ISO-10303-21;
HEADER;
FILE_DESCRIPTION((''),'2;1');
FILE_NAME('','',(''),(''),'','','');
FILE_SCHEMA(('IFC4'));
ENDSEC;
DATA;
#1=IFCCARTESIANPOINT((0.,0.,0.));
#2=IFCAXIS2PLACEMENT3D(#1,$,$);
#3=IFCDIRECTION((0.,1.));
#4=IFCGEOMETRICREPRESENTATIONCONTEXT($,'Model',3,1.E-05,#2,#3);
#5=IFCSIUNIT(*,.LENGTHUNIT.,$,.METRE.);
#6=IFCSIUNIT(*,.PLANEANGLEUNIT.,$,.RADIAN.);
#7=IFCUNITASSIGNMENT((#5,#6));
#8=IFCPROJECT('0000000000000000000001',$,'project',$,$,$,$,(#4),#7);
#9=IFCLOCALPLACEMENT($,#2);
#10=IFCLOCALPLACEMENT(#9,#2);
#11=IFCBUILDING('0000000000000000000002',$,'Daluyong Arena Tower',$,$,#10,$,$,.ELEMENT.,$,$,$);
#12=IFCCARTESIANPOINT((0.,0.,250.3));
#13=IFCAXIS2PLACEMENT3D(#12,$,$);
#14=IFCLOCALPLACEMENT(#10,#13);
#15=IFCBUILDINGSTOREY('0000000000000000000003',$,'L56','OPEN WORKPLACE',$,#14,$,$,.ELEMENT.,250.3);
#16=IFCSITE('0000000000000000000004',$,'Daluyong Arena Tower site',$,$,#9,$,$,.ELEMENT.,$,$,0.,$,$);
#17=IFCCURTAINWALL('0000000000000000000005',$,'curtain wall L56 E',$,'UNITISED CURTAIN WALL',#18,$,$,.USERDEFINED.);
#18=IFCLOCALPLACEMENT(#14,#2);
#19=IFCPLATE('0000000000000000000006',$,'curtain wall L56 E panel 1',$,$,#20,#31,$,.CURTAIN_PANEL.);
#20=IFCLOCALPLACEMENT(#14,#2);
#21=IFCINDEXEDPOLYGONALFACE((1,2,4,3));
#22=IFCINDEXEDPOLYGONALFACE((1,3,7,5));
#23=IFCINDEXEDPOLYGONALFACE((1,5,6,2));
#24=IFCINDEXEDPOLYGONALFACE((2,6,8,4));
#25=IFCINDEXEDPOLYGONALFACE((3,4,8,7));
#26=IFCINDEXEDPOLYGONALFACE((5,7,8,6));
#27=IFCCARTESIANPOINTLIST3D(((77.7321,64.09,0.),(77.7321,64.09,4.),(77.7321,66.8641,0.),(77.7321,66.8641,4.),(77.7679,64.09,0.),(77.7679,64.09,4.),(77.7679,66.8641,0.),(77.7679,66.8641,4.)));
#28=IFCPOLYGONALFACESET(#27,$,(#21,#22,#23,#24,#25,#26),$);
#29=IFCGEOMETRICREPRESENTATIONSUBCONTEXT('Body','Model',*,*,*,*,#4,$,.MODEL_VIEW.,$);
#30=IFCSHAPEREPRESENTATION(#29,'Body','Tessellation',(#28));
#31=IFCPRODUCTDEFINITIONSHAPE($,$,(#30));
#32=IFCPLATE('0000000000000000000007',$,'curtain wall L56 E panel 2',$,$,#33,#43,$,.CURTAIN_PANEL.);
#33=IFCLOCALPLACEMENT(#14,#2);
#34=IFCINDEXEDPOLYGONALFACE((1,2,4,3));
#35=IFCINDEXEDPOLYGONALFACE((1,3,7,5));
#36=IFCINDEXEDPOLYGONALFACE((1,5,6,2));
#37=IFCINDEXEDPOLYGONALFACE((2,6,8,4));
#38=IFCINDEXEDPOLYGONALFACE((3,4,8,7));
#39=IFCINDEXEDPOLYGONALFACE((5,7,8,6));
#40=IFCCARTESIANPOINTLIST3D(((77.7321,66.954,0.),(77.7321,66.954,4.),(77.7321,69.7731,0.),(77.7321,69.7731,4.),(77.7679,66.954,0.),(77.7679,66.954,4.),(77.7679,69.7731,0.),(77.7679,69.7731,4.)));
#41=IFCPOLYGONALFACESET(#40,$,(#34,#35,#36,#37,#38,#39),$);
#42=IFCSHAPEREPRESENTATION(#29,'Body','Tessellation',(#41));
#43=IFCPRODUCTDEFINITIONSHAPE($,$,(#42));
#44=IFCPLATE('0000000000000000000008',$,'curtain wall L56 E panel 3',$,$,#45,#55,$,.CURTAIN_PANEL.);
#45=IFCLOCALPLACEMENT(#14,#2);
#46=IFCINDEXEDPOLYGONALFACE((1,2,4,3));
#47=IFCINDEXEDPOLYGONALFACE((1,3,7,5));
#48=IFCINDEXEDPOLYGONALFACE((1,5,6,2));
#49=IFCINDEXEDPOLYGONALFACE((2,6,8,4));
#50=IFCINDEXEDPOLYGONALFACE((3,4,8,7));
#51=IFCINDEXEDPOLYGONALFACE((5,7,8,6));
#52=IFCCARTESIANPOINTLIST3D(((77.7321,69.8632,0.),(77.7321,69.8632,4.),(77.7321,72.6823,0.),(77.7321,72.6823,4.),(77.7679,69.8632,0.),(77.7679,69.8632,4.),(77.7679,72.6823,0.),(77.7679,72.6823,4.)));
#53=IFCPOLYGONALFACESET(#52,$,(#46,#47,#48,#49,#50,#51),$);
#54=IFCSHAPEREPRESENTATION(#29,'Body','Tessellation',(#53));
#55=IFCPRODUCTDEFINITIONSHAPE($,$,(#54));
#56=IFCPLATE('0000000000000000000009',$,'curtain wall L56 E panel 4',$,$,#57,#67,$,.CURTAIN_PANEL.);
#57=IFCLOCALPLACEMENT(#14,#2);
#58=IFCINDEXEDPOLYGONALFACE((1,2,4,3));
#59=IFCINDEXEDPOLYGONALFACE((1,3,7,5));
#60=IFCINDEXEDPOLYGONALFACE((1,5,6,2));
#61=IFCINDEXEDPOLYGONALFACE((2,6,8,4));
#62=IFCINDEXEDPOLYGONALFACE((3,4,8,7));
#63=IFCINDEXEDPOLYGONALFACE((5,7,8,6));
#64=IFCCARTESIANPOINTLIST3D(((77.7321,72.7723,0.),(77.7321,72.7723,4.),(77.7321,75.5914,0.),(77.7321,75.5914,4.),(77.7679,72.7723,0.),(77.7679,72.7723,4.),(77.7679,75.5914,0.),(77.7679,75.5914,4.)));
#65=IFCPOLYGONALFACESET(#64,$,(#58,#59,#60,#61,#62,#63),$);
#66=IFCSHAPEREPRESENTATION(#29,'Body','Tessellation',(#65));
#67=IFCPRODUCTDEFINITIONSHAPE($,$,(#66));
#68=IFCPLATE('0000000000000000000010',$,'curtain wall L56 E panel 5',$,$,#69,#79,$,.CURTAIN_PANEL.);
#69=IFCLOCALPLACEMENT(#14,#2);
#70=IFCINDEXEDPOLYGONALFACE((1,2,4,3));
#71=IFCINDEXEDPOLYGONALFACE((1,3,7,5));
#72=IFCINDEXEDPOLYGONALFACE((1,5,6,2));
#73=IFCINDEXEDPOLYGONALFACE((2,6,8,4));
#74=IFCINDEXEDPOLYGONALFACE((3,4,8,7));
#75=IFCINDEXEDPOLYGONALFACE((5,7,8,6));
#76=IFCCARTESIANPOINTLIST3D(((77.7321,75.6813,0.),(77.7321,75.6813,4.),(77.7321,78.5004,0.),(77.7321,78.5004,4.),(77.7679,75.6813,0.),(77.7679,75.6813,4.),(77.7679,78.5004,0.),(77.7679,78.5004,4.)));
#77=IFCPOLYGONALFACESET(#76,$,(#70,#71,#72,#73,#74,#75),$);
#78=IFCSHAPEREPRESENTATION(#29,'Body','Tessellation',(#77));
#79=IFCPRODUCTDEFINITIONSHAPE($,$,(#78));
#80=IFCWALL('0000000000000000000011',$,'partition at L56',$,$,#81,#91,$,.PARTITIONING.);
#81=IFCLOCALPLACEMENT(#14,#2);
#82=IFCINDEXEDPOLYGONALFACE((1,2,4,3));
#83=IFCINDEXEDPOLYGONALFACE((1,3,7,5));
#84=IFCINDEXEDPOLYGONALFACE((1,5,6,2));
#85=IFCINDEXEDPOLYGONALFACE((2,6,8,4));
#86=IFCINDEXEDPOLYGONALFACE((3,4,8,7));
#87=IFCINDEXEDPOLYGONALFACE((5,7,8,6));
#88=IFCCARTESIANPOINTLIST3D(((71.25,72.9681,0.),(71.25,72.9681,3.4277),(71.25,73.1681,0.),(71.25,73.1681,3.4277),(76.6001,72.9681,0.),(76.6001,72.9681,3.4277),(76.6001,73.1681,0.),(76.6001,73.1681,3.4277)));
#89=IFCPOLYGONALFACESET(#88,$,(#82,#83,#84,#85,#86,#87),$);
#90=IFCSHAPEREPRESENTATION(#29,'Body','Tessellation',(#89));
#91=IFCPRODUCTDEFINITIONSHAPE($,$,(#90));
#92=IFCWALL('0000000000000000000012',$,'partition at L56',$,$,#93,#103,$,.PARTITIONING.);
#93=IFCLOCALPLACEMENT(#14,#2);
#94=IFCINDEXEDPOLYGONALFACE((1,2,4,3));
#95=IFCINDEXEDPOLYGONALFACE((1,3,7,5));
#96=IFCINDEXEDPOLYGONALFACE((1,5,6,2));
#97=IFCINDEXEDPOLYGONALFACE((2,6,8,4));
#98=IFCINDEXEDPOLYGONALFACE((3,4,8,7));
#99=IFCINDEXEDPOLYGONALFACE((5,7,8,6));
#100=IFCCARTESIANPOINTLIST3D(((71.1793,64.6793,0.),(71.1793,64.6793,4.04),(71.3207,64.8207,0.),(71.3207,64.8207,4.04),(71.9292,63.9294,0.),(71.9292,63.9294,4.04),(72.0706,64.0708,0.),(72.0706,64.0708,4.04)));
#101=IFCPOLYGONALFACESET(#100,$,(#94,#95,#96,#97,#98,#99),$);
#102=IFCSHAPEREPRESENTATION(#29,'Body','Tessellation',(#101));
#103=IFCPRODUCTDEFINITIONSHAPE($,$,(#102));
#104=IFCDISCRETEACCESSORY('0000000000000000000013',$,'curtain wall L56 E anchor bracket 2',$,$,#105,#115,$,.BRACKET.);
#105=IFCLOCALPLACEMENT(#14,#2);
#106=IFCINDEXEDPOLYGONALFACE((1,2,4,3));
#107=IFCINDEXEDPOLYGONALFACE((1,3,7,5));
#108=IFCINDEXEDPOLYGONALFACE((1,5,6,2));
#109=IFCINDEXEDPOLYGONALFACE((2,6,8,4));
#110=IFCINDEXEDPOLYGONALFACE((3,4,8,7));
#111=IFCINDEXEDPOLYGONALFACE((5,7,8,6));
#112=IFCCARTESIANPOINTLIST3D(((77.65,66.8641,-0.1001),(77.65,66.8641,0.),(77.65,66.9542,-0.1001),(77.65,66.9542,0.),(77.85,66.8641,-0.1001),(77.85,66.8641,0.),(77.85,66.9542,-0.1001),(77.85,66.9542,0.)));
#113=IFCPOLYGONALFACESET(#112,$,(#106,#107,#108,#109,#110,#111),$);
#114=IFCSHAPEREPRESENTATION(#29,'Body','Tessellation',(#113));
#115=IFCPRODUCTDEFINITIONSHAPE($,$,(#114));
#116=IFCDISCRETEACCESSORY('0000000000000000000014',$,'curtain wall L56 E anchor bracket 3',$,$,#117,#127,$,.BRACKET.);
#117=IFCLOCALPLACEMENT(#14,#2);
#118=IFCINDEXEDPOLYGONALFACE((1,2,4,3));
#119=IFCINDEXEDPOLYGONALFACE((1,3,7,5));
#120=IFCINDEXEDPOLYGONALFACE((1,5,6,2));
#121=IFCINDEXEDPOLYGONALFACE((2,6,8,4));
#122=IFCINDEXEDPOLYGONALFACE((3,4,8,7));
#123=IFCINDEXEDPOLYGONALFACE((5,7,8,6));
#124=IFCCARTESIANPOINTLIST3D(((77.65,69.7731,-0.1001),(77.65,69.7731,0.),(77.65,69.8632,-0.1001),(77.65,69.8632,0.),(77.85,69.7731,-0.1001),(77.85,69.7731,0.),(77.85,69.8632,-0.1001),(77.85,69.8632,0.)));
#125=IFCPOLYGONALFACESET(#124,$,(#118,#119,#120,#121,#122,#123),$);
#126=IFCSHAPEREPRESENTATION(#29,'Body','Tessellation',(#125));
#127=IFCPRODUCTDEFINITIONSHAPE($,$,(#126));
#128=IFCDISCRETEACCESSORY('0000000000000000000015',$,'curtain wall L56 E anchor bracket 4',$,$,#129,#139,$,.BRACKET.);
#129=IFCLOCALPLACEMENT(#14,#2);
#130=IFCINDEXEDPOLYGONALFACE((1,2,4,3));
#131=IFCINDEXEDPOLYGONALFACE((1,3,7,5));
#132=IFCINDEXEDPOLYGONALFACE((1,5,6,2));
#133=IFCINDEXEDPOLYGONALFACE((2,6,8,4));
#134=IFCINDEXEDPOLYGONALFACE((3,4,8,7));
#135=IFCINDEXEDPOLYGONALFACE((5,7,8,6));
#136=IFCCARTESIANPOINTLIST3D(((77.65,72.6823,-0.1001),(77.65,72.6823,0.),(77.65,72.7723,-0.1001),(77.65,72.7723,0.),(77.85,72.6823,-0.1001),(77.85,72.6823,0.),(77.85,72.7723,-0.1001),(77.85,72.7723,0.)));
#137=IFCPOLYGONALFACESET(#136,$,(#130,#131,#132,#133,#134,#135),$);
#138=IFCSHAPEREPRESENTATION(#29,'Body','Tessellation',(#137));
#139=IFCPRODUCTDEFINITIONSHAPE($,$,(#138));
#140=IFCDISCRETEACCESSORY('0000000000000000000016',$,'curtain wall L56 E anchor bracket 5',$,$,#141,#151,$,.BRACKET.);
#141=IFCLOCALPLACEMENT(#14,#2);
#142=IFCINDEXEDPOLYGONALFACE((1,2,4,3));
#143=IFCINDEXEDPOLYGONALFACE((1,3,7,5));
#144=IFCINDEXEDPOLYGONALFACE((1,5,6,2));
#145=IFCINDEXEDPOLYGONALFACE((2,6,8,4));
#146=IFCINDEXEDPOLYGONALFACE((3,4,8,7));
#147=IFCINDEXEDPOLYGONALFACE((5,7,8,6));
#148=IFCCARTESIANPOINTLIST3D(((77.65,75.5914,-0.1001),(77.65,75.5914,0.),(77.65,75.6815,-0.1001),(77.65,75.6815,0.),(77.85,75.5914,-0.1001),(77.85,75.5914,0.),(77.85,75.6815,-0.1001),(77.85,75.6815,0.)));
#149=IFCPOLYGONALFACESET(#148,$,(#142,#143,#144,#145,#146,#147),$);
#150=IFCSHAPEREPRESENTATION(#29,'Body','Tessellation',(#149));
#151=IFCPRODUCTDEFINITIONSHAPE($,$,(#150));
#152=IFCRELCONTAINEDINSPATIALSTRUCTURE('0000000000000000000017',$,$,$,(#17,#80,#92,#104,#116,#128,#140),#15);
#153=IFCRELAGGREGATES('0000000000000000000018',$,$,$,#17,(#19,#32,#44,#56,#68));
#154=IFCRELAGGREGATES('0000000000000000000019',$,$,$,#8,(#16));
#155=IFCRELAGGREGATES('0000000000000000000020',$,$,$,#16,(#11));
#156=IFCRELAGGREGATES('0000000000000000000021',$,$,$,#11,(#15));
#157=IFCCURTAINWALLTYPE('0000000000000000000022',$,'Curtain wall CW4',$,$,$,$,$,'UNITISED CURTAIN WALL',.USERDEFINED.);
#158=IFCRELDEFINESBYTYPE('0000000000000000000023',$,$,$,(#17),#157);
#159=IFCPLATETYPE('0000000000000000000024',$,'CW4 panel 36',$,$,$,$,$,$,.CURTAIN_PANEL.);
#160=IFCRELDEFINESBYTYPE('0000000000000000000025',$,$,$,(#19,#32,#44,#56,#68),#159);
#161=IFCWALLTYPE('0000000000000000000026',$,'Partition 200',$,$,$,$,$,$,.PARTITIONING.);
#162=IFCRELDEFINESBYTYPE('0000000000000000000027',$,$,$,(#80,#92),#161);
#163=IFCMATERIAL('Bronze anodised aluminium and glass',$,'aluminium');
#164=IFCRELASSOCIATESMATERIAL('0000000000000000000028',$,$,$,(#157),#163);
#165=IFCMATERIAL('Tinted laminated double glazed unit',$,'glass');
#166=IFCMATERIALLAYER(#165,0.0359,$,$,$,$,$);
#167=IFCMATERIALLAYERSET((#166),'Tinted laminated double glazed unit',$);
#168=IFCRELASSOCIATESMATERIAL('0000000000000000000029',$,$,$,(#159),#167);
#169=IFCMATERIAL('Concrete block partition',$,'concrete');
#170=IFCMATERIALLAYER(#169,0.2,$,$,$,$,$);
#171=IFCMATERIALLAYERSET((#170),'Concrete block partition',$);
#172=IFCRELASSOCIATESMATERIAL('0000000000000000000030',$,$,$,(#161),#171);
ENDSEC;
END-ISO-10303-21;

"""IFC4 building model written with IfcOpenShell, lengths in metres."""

from ifc_helpers import new_model, si_unit, direction, frame, frame_2d, origin, origin_2d, place, context, subcontext, project, spatial, rectangle, extrude, material, layer, layer_set, type_object, element, aggregate, save


model = new_model("IFC4")

# Units and contexts
model_context = context("Model", 3, precision=1e-05, world=origin(), true_north=direction((0.0, 1.0)))
body_context = subcontext(model_context, "Body", "Model", "MODEL_VIEW")
ifc_project = project(units=[si_unit("LENGTHUNIT", "METRE"), si_unit("PLANEANGLEUNIT", "RADIAN")], contexts=[model_context])

# Site, building, storey
site_placement = place(None, origin())
site = spatial("IfcSite", under=ifc_project, at=site_placement, Name="Daluyong Arena Tower site", CompositionType="ELEMENT", RefElevation=0.0)
building_placement = place(site_placement, origin())
building = spatial("IfcBuilding", under=site, at=building_placement, Name="Daluyong Arena Tower", CompositionType="ELEMENT")
storey_placement = place(building_placement, frame((0.0, 0.0, 250.3)))
storey = spatial("IfcBuildingStorey", under=building, at=storey_placement, Name="L56", Description="OPEN WORKPLACE", CompositionType="ELEMENT", Elevation=250.3)

# Curtain wall
ifc_material_1 = material(Name="Bronze anodised aluminium and glass", Category="aluminium")
curtain_wall_type = type_object("IfcCurtainWallType", Name="Curtain wall CW4", ElementType="UNITISED CURTAIN WALL", PredefinedType="USERDEFINED", material=ifc_material_1)
curtain_wall_placement = place(storey_placement, origin())
curtain_wall = element("IfcCurtainWall", 1, at=curtain_wall_placement, inside=storey, type_object=curtain_wall_type, Name="curtain wall L56 E", ObjectType="UNITISED CURTAIN WALL", PredefinedType="USERDEFINED")

# Plates
ifc_material_2 = material(Name="Tinted laminated double glazed unit", Category="glass")
ifc_layer_1 = layer(ifc_material_2, 0.0359)
ifc_layer_set_1 = layer_set([ifc_layer_1], Name="Tinted laminated double glazed unit")
plate_type = type_object("IfcPlateType", Name="CW4 panel 36", PredefinedType="CURTAIN_PANEL", material=ifc_layer_set_1)
plate_1_placement = place(storey_placement, frame((77.75, 65.4771, 0.0), z_axis=(0.0, 0.0, 1.0), x_axis=(0.0, 1.0, 0.0)))
plate_1 = element("IfcPlate", 2, at=plate_1_placement, type_object=plate_type, Name="curtain wall L56 E panel 1", PredefinedType="CURTAIN_PANEL", context=body_context, shape_type="SweptSolid", body=[
    extrude(rectangle(XDim=2.7742, YDim=0.0359, at=origin_2d()), origin(), (0.0, 0.0, 1.0), 4.0),
])
plate_2_placement = place(storey_placement, frame((77.75, 68.3635, 0.0), z_axis=(0.0, 0.0, 1.0), x_axis=(0.0, 1.0, 0.0)))
plate_2 = element("IfcPlate", 3, at=plate_2_placement, type_object=plate_type, Name="curtain wall L56 E panel 2", PredefinedType="CURTAIN_PANEL", context=body_context, shape_type="SweptSolid", body=[
    extrude(rectangle(XDim=2.8191, YDim=0.0359, at=origin_2d()), origin(), (0.0, 0.0, 1.0), 4.0),
])
plate_3_placement = place(storey_placement, frame((77.75, 71.2727, 0.0), z_axis=(0.0, 0.0, 1.0), x_axis=(0.0, 1.0, 0.0)))
plate_3 = element("IfcPlate", 4, at=plate_3_placement, type_object=plate_type, Name="curtain wall L56 E panel 3", PredefinedType="CURTAIN_PANEL", context=body_context, shape_type="SweptSolid", body=[
    extrude(rectangle(XDim=2.8191, YDim=0.0359, at=origin_2d()), origin(), (0.0, 0.0, 1.0), 4.0),
])
plate_4_placement = place(storey_placement, frame((77.75, 74.1819, 0.0), z_axis=(0.0, 0.0, 1.0), x_axis=(0.0, 1.0, 0.0)))
plate_4 = element("IfcPlate", 5, at=plate_4_placement, type_object=plate_type, Name="curtain wall L56 E panel 4", PredefinedType="CURTAIN_PANEL", context=body_context, shape_type="SweptSolid", body=[
    extrude(rectangle(XDim=2.8191, YDim=0.0359, at=origin_2d()), origin(), (0.0, 0.0, 1.0), 4.0),
])
plate_5_placement = place(storey_placement, frame((77.75, 77.0908, 0.0), z_axis=(0.0, 0.0, 1.0), x_axis=(0.0, 1.0, 0.0)))
plate_5 = element("IfcPlate", 6, at=plate_5_placement, type_object=plate_type, Name="curtain wall L56 E panel 5", PredefinedType="CURTAIN_PANEL", context=body_context, shape_type="SweptSolid", body=[
    extrude(rectangle(XDim=2.8191, YDim=0.0359, at=origin_2d()), origin(), (0.0, 0.0, 1.0), 4.0),
])
aggregate(curtain_wall, [plate_1, plate_2, plate_3, plate_4, plate_5])

# Walls
ifc_material_3 = material(Name="Concrete block partition", Category="concrete")
ifc_layer_2 = layer(ifc_material_3, 0.2)
ifc_layer_set_2 = layer_set([ifc_layer_2], Name="Concrete block partition")
wall_type = type_object("IfcWallType", Name="Partition 200", PredefinedType="PARTITIONING", material=ifc_layer_set_2)
wall_1_placement = place(storey_placement, frame((71.25, 73.0681, 0.0), z_axis=(0.0, 0.0, 1.0), x_axis=(1.0, 0.0, 0.0)))
element("IfcWall", 7, at=wall_1_placement, inside=storey, type_object=wall_type, Name="partition at L56", PredefinedType="PARTITIONING", context=body_context, shape_type="SweptSolid", body=[
    extrude(rectangle(XDim=5.3501, YDim=0.2, at=frame_2d((2.675, 0.0))), origin(), (0.0, 0.0, 1.0), 3.4277),
])
wall_2_placement = place(storey_placement, frame((71.25, 64.75, 0.0), z_axis=(0.0, 0.0, 1.0), x_axis=(0.707107, -0.707107, 0.0)))
element("IfcWall", 8, at=wall_2_placement, inside=storey, type_object=wall_type, Name="partition at L56", PredefinedType="PARTITIONING", context=body_context, shape_type="SweptSolid", body=[
    extrude(rectangle(XDim=1.0605, YDim=0.2, at=frame_2d((0.5303, 0.0))), origin(), (0.0, 0.0, 1.0), 4.04),
])

# Discrete accessories
for number, where, z_axis, x_axis, name in (
    (9, (77.75, 66.9092, -0.1001), (0.0, 0.0, 1.0), (0.0, 1.0, 0.0), "curtain wall L56 E anchor bracket 2"),
    (10, (77.75, 69.8181, -0.1001), (0.0, 0.0, 1.0), (0.0, 1.0, 0.0), "curtain wall L56 E anchor bracket 3"),
    (11, (77.75, 72.7273, -0.1001), (0.0, 0.0, 1.0), (0.0, 1.0, 0.0), "curtain wall L56 E anchor bracket 4"),
    (12, (77.75, 75.6365, -0.1001), (0.0, 0.0, 1.0), (0.0, 1.0, 0.0), "curtain wall L56 E anchor bracket 5"),
):
    element("IfcDiscreteAccessory", number, at=place(storey_placement, frame(where, z_axis=z_axis, x_axis=x_axis)), inside=storey, Name=name, PredefinedType="BRACKET", context=body_context, shape_type="SweptSolid", body=[
        extrude(rectangle(XDim=0.0901, YDim=0.2, at=origin_2d()), origin(), (0.0, 0.0, 1.0), 0.1001),
    ])

save(model, "model.ifc")
